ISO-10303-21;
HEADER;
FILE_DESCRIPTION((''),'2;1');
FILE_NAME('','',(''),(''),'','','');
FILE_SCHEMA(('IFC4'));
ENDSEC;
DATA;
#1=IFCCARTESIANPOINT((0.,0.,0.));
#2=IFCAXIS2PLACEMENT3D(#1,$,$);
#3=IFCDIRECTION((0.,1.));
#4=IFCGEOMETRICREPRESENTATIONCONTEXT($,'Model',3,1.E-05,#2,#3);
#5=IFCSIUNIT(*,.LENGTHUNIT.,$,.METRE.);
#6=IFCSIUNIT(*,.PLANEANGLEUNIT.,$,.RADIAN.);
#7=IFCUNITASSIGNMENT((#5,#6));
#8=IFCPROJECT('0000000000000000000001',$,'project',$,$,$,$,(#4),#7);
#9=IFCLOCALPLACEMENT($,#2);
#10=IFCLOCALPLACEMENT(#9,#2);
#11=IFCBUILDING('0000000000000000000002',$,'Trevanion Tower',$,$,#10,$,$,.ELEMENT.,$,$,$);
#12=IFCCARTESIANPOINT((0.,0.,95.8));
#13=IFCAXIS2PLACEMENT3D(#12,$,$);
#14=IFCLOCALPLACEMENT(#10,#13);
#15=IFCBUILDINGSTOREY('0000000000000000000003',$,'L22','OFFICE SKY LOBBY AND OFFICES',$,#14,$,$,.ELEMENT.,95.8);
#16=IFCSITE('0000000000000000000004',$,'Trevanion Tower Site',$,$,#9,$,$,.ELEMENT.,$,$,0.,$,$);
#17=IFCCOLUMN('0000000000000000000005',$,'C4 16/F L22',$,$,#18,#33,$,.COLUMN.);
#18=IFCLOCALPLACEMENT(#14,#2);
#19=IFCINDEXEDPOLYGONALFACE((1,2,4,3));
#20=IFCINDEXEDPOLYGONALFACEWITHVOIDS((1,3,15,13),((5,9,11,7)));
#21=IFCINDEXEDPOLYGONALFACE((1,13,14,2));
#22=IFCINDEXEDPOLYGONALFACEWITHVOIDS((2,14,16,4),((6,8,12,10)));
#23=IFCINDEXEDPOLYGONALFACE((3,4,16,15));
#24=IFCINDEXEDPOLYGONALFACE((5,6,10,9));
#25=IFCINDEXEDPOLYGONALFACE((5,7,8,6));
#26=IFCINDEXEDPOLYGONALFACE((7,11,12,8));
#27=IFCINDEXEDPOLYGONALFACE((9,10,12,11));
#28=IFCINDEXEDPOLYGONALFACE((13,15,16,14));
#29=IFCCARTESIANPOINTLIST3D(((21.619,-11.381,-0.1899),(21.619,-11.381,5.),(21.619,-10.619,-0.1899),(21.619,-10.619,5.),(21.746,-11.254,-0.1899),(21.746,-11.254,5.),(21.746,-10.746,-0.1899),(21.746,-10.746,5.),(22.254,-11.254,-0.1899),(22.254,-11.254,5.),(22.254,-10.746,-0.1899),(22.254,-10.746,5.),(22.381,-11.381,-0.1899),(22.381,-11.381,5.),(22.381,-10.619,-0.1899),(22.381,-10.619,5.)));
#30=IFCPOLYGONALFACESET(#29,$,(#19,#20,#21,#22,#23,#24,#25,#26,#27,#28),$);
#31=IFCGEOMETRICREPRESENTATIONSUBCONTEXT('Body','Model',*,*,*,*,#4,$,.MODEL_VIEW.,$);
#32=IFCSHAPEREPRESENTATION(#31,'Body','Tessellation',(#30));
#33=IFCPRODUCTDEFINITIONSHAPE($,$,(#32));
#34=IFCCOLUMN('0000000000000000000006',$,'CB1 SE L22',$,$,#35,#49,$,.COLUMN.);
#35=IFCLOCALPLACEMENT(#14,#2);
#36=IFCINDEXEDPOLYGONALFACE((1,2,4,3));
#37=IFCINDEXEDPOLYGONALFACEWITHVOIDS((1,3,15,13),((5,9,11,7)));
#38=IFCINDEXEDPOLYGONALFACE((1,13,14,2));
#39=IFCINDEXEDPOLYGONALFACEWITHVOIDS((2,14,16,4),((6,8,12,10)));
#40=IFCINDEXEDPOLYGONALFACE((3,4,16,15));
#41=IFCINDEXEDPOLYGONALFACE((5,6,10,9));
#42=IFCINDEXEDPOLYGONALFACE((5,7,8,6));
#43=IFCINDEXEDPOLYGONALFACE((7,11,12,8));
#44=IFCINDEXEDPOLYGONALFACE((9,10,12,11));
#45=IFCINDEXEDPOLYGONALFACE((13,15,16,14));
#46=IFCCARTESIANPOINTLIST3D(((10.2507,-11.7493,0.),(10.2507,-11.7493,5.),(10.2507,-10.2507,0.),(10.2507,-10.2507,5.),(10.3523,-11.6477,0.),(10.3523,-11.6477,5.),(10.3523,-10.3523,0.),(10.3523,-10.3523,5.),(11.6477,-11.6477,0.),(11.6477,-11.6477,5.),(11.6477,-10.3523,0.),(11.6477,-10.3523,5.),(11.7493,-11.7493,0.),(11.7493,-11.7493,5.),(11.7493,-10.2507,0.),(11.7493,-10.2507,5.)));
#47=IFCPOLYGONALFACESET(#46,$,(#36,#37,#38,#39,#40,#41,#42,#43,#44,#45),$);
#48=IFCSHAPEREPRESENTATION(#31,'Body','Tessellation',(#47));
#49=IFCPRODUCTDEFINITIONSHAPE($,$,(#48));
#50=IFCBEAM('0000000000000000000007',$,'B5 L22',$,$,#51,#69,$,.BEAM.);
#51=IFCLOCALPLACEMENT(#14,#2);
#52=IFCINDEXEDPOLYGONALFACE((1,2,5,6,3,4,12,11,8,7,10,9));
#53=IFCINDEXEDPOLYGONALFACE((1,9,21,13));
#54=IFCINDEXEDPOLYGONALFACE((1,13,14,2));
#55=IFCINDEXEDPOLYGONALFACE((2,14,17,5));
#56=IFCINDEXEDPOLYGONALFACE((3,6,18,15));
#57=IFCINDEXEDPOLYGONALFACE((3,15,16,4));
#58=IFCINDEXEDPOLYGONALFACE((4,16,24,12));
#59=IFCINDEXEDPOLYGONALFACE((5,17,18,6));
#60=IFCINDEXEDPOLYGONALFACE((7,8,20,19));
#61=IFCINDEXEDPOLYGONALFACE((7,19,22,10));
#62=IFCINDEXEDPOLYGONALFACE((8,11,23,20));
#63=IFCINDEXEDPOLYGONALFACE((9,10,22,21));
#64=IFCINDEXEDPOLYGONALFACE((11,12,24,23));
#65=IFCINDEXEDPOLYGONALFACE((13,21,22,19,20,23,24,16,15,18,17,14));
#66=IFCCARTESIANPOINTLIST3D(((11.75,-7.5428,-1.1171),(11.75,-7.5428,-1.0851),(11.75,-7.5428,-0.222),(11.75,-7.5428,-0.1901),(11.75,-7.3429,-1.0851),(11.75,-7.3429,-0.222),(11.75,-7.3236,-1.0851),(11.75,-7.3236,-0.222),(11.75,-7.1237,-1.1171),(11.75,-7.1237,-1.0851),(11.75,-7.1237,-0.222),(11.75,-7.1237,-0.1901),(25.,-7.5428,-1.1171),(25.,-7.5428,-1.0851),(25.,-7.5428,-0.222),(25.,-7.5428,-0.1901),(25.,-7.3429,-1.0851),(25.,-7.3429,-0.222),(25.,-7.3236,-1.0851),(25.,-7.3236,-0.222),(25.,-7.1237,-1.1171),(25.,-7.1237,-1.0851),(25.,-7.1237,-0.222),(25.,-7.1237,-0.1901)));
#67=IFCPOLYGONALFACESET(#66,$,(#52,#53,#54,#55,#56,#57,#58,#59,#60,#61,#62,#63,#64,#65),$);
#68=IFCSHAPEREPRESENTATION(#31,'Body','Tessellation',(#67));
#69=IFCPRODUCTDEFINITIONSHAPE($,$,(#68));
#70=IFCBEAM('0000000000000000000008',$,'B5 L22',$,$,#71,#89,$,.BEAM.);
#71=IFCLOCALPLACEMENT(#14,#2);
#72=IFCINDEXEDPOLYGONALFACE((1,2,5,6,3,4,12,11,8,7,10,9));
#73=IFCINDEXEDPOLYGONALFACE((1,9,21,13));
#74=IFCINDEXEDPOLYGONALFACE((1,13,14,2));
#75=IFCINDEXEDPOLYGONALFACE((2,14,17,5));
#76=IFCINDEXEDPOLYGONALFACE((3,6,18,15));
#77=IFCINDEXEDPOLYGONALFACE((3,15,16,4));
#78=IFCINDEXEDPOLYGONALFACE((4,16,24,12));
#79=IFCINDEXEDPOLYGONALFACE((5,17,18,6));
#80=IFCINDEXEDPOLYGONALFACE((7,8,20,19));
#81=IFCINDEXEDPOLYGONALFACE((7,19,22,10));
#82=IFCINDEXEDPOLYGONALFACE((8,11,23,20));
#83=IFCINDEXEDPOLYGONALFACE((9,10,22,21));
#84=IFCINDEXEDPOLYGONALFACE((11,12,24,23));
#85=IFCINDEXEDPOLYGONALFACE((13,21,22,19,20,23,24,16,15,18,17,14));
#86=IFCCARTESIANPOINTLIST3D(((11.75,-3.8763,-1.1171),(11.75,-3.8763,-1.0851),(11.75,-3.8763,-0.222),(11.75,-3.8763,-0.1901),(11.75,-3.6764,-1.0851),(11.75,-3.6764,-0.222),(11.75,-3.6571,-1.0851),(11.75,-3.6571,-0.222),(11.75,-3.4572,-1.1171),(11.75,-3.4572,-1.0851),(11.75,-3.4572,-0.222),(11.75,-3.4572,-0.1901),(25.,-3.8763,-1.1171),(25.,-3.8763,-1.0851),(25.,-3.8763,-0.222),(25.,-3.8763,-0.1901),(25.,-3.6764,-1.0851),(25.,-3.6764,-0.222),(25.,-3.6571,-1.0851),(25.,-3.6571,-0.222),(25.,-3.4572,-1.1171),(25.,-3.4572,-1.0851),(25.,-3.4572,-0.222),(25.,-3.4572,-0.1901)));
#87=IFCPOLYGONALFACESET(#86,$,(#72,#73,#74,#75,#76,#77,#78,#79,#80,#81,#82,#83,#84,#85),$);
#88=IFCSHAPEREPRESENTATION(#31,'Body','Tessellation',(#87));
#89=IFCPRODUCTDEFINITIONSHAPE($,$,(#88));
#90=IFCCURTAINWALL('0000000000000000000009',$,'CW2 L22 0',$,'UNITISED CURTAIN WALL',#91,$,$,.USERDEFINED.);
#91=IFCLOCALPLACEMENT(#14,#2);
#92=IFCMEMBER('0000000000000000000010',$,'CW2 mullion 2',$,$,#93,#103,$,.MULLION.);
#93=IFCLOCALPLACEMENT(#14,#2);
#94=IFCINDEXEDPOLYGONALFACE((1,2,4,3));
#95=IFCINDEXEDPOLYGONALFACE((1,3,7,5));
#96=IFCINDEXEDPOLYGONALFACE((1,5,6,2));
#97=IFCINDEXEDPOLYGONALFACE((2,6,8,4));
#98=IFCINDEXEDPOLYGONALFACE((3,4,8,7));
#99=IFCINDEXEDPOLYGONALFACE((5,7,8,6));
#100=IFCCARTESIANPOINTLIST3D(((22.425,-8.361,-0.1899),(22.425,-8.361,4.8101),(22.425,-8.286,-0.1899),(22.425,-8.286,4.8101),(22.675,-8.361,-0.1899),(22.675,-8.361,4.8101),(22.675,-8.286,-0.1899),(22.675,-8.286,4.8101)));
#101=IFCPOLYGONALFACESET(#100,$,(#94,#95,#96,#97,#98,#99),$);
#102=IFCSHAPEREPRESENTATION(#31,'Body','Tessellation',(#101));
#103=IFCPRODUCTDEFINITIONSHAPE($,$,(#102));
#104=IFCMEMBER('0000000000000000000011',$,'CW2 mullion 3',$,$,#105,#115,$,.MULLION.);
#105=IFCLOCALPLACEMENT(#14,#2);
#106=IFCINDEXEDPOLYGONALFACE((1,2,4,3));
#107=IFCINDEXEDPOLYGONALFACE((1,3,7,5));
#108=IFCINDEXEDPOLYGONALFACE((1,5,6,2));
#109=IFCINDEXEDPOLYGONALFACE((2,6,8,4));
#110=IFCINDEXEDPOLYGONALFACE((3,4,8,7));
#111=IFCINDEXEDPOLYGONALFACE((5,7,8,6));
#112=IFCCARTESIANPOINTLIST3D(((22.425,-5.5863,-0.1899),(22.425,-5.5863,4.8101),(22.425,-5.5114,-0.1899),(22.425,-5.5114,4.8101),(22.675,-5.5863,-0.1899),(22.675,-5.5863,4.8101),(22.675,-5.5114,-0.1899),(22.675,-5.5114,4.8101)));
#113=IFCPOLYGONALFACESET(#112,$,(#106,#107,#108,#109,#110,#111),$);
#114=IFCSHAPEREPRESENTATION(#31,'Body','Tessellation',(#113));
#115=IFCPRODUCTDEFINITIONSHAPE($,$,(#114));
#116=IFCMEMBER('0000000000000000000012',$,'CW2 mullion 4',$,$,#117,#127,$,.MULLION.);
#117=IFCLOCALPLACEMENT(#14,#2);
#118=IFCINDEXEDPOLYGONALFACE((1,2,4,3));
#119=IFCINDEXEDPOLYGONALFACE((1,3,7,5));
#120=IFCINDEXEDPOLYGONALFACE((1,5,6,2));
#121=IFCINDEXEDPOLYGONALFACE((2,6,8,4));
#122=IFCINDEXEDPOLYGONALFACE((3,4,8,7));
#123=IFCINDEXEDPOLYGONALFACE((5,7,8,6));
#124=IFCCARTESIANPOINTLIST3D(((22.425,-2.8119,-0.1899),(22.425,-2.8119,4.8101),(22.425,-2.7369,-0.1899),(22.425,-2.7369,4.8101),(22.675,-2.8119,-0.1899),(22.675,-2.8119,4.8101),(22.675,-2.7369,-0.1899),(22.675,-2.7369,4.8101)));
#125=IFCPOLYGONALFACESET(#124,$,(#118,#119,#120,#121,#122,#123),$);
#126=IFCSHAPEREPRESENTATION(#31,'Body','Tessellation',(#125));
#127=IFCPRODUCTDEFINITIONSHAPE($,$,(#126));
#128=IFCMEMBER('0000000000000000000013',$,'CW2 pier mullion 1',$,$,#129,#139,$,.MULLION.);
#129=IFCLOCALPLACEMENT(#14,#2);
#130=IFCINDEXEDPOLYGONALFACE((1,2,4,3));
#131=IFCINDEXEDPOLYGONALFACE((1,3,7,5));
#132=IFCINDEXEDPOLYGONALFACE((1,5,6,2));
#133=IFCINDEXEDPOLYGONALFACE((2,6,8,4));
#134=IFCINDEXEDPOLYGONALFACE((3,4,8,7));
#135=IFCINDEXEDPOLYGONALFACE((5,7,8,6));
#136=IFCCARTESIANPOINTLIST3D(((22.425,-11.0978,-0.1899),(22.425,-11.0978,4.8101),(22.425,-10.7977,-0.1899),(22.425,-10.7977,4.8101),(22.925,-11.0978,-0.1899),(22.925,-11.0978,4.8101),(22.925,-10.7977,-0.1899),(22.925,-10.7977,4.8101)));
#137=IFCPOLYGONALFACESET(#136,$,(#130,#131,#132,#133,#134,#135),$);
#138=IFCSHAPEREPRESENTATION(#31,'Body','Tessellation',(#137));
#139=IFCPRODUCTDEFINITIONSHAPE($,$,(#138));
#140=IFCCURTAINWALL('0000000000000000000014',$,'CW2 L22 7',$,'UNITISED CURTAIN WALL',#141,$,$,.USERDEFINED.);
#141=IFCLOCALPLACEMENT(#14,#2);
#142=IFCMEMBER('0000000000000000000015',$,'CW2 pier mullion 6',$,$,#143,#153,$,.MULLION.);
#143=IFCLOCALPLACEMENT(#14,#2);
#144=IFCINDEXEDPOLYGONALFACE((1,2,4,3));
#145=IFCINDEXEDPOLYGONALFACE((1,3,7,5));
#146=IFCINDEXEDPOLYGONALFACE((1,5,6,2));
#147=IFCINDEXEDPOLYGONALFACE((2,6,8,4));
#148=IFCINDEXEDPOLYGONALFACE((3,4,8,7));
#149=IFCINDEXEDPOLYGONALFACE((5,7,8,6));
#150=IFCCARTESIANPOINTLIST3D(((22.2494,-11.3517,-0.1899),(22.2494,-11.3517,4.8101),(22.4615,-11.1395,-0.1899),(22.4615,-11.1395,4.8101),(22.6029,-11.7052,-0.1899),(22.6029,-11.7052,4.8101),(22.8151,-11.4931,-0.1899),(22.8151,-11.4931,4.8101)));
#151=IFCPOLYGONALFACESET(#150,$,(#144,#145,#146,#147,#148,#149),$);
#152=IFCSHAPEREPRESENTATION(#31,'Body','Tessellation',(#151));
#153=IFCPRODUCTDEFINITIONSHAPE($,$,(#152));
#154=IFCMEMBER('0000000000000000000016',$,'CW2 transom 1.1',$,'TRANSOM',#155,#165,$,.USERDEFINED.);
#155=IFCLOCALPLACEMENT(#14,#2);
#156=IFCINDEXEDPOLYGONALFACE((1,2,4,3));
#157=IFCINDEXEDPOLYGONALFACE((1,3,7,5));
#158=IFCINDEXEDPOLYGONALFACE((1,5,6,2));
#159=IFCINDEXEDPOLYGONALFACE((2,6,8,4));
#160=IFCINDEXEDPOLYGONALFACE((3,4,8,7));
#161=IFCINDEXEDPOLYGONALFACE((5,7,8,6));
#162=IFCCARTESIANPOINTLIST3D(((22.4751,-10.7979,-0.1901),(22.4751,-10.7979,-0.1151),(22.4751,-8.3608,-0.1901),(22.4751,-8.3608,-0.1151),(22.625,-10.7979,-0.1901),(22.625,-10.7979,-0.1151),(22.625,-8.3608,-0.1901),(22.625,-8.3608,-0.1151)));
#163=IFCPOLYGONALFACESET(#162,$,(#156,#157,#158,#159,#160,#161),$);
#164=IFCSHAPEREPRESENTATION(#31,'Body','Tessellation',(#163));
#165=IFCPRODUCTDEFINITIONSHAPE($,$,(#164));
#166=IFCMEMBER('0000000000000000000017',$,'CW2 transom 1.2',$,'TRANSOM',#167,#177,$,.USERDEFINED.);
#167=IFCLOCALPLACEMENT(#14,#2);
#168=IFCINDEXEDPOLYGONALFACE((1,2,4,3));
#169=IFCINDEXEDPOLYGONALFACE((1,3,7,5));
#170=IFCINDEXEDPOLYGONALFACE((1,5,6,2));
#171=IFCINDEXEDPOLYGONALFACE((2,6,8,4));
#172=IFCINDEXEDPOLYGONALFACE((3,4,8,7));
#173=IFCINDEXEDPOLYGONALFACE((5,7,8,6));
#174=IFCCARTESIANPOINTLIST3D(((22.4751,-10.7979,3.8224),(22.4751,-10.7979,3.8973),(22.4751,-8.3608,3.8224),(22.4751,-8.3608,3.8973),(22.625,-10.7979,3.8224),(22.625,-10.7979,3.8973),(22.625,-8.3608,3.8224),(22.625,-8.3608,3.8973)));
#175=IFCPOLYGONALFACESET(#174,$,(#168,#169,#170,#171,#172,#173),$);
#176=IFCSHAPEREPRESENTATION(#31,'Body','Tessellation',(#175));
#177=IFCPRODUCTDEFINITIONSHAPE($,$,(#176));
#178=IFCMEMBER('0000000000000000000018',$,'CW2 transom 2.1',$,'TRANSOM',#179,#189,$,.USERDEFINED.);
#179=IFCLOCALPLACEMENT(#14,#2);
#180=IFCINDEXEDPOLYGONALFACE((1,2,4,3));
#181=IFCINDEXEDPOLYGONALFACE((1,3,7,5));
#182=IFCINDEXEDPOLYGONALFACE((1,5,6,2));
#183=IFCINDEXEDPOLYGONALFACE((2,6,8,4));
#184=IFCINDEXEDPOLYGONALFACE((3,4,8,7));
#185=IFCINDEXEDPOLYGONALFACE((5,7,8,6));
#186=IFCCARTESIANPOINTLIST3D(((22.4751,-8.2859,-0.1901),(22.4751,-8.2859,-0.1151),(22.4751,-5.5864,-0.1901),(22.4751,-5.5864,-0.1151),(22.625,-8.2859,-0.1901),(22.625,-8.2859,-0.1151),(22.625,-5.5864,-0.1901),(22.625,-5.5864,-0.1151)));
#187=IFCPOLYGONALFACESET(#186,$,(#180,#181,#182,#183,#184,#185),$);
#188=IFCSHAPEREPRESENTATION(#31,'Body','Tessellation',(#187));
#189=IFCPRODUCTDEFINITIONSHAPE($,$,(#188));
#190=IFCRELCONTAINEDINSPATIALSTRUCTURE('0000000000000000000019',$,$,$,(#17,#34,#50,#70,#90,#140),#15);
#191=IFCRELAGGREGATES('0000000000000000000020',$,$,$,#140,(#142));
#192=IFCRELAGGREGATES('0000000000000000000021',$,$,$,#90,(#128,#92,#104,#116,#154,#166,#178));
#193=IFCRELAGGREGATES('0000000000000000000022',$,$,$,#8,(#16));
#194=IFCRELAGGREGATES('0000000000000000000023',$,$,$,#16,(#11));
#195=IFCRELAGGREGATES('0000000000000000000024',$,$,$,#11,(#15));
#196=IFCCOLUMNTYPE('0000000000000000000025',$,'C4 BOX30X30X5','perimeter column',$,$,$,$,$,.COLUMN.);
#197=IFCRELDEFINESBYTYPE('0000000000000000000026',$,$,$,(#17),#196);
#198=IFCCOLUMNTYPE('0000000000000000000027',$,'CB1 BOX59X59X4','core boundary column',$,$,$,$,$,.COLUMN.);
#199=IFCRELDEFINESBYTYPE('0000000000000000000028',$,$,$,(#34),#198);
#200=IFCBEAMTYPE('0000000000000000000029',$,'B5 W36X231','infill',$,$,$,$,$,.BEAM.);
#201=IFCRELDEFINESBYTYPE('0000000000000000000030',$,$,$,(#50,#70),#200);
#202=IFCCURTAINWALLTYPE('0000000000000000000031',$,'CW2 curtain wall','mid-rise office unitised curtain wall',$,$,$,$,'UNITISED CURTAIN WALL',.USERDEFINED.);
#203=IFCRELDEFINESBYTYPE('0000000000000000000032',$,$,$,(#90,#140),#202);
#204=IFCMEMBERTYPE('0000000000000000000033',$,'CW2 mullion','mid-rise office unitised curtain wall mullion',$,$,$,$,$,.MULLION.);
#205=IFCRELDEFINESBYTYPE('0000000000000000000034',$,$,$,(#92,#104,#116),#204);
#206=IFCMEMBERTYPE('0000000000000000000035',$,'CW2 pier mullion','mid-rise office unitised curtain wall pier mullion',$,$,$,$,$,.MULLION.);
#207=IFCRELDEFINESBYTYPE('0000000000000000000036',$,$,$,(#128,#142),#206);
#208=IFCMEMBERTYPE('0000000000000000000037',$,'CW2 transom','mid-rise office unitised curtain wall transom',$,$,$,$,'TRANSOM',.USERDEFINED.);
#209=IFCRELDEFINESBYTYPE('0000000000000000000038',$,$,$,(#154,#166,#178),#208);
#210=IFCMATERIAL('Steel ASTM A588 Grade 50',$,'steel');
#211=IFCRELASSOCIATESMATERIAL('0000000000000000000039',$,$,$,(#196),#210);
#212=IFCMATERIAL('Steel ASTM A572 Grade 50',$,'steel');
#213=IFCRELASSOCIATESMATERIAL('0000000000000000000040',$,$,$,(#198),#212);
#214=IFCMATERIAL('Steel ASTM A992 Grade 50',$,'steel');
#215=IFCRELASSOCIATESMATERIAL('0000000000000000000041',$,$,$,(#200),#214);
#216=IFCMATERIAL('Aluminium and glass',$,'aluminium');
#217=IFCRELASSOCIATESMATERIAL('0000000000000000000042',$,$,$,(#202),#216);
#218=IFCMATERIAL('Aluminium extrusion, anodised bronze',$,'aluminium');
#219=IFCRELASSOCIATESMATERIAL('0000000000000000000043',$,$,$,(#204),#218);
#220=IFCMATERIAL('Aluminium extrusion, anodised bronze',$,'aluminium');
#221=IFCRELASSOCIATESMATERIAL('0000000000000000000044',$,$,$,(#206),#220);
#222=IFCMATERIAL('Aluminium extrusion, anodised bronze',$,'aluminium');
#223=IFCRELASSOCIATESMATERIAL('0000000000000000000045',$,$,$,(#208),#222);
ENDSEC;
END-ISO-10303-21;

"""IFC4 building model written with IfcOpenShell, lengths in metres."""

from ifc_helpers import new_model, si_unit, direction, frame, origin, origin_2d, place, context, subcontext, project, spatial, rectangle, hollow_rectangle, i_section, extrude, material, material_profile, profile_set, type_object, element, aggregate, save


model = new_model("IFC4")

# Units and contexts
model_context = context("Model", 3, precision=1e-05, world=origin(), true_north=direction((0.0, 1.0)))
body_context = subcontext(model_context, "Body", "Model", "MODEL_VIEW")
ifc_project = project(units=[si_unit("LENGTHUNIT", "METRE"), si_unit("PLANEANGLEUNIT", "RADIAN")], contexts=[model_context])

# Site, building, storey
site_placement = place(None, origin())
site = spatial("IfcSite", under=ifc_project, at=site_placement, Name="Trevanion Tower Site", CompositionType="ELEMENT", RefElevation=0.0)
building_placement = place(site_placement, origin())
building = spatial("IfcBuilding", under=site, at=building_placement, Name="Trevanion Tower", CompositionType="ELEMENT")
storey_placement = place(building_placement, frame((0.0, 0.0, 95.8)))
storey = spatial("IfcBuildingStorey", under=building, at=storey_placement, Name="L22", Description="OFFICE SKY LOBBY AND OFFICES", CompositionType="ELEMENT", Elevation=95.8)

# Columns
ifc_material_1 = material(Name="Steel ASTM A588 Grade 50", Category="steel")
ifc_material_profile_1 = material_profile(ifc_material_1, hollow_rectangle(XDim=0.762, YDim=0.762, WallThickness=0.127, at=origin_2d()), Name="BOX30X30X5")
ifc_profile_set_1 = profile_set([ifc_material_profile_1], Name="Steel ASTM A588 Grade 50")
column_type_1 = type_object("IfcColumnType", Name="C4 BOX30X30X5", Description="perimeter column", PredefinedType="COLUMN", material=ifc_profile_set_1)
column_1_placement = place(storey_placement, frame((22.0, -11.0, -0.1899), z_axis=(0.0, 0.0, 1.0), x_axis=(0.0, 1.0, 0.0)))
element("IfcColumn", 1, at=column_1_placement, inside=storey, type_object=column_type_1, Name="C4 16/F L22", PredefinedType="COLUMN", context=body_context, shape_type="SweptSolid", body=[
    extrude(hollow_rectangle(XDim=0.762, YDim=0.762, WallThickness=0.127, at=origin_2d()), origin(), (0.0, 0.0, 1.0), 5.1899),
])
ifc_material_2 = material(Name="Steel ASTM A572 Grade 50", Category="steel")
ifc_material_profile_2 = material_profile(ifc_material_2, hollow_rectangle(XDim=1.4985, YDim=1.4985, WallThickness=0.1016, at=origin_2d()), Name="BOX59X59X4")
ifc_profile_set_2 = profile_set([ifc_material_profile_2], Name="Steel ASTM A572 Grade 50")
column_type_2 = type_object("IfcColumnType", Name="CB1 BOX59X59X4", Description="core boundary column", PredefinedType="COLUMN", material=ifc_profile_set_2)
column_2_placement = place(storey_placement, frame((11.0, -11.0, 0.0), z_axis=(0.0, 0.0, 1.0), x_axis=(1.0, 0.0, 0.0)))
element("IfcColumn", 2, at=column_2_placement, inside=storey, type_object=column_type_2, Name="CB1 SE L22", PredefinedType="COLUMN", context=body_context, shape_type="SweptSolid", body=[
    extrude(hollow_rectangle(XDim=1.4985, YDim=1.4985, WallThickness=0.1016, at=origin_2d()), origin(), (0.0, 0.0, 1.0), 5.0),
])

# Beams
ifc_material_3 = material(Name="Steel ASTM A992 Grade 50", Category="steel")
ifc_material_profile_3 = material_profile(ifc_material_3, i_section(OverallWidth=0.4192, OverallDepth=0.927, WebThickness=0.0193, FlangeThickness=0.032, at=origin_2d()), Name="W36X231")
ifc_profile_set_3 = profile_set([ifc_material_profile_3], Name="Steel ASTM A992 Grade 50")
beam_type = type_object("IfcBeamType", Name="B5 W36X231", Description="infill", PredefinedType="BEAM", material=ifc_profile_set_3)
for number, where, z_axis, x_axis, name in (
    (3, (11.75, -7.3333, -0.6536), (1.0, 0.0, 0.0), (0.0, 1.0, 0.0), "B5 L22"),
    (4, (11.75, -3.6667, -0.6536), (1.0, 0.0, 0.0), (0.0, 1.0, 0.0), "B5 L22"),
):
    element("IfcBeam", number, at=place(storey_placement, frame(where, z_axis=z_axis, x_axis=x_axis)), inside=storey, type_object=beam_type, Name=name, PredefinedType="BEAM", context=body_context, shape_type="SweptSolid", body=[
        extrude(i_section(OverallWidth=0.4192, OverallDepth=0.927, WebThickness=0.0193, FlangeThickness=0.032, at=origin_2d()), origin(), (0.0, 0.0, 1.0), 13.25),
    ])

# Curtain wall, members
ifc_material_4 = material(Name="Aluminium and glass", Category="aluminium")
curtain_wall_type = type_object("IfcCurtainWallType", Name="CW2 curtain wall", Description="mid-rise office unitised curtain wall", ElementType="UNITISED CURTAIN WALL", PredefinedType="USERDEFINED", material=ifc_material_4)
curtain_wall_1_placement = place(storey_placement, origin())
curtain_wall_1 = element("IfcCurtainWall", 5, at=curtain_wall_1_placement, inside=storey, type_object=curtain_wall_type, Name="CW2 L22 0", ObjectType="UNITISED CURTAIN WALL", PredefinedType="USERDEFINED")
ifc_material_5 = material(Name="Aluminium extrusion, anodised bronze", Category="aluminium")
ifc_material_profile_4 = material_profile(ifc_material_5, rectangle(XDim=0.075, YDim=0.25, at=origin_2d()), Name="CW2 mullion")
ifc_profile_set_4 = profile_set([ifc_material_profile_4], Name="Aluminium extrusion, anodised bronze")
member_type_1 = type_object("IfcMemberType", Name="CW2 mullion", Description="mid-rise office unitised curtain wall mullion", PredefinedType="MULLION", material=ifc_profile_set_4)
member_1_placement = place(storey_placement, frame((22.55, -8.3235, -0.1899), z_axis=(0.0, 0.0, 1.0), x_axis=(0.0, 1.0, 0.0)))
member_1 = element("IfcMember", 6, at=member_1_placement, type_object=member_type_1, Name="CW2 mullion 2", PredefinedType="MULLION", context=body_context, shape_type="SweptSolid", body=[
    extrude(rectangle(XDim=0.075, YDim=0.25, at=origin_2d()), origin(), (0.0, 0.0, 1.0), 5.0),
])
member_2_placement = place(storey_placement, frame((22.55, -5.5488, -0.1899), z_axis=(0.0, 0.0, 1.0), x_axis=(0.0, 1.0, 0.0)))
member_2 = element("IfcMember", 7, at=member_2_placement, type_object=member_type_1, Name="CW2 mullion 3", PredefinedType="MULLION", context=body_context, shape_type="SweptSolid", body=[
    extrude(rectangle(XDim=0.075, YDim=0.25, at=origin_2d()), origin(), (0.0, 0.0, 1.0), 5.0),
])
member_3_placement = place(storey_placement, frame((22.55, -2.7744, -0.1899), z_axis=(0.0, 0.0, 1.0), x_axis=(0.0, 1.0, 0.0)))
member_3 = element("IfcMember", 8, at=member_3_placement, type_object=member_type_1, Name="CW2 mullion 4", PredefinedType="MULLION", context=body_context, shape_type="SweptSolid", body=[
    extrude(rectangle(XDim=0.075, YDim=0.25, at=origin_2d()), origin(), (0.0, 0.0, 1.0), 5.0),
])
ifc_material_6 = material(Name="Aluminium extrusion, anodised bronze", Category="aluminium")
ifc_material_profile_5 = material_profile(ifc_material_6, rectangle(XDim=0.3, YDim=0.5, at=origin_2d()), Name="CW2 pier mullion")
ifc_profile_set_5 = profile_set([ifc_material_profile_5], Name="Aluminium extrusion, anodised bronze")
member_type_2 = type_object("IfcMemberType", Name="CW2 pier mullion", Description="mid-rise office unitised curtain wall pier mullion", PredefinedType="MULLION", material=ifc_profile_set_5)
member_4_placement = place(storey_placement, frame((22.675, -10.9478, -0.1899), z_axis=(0.0, 0.0, 1.0), x_axis=(0.0, 1.0, 0.0)))
member_4 = element("IfcMember", 9, at=member_4_placement, type_object=member_type_2, Name="CW2 pier mullion 1", PredefinedType="MULLION", context=body_context, shape_type="SweptSolid", body=[
    extrude(rectangle(XDim=0.3, YDim=0.5, at=origin_2d()), origin(), (0.0, 0.0, 1.0), 5.0),
])

# Curtain wall, member
curtain_wall_2_placement = place(storey_placement, origin())
curtain_wall_2 = element("IfcCurtainWall", 10, at=curtain_wall_2_placement, inside=storey, type_object=curtain_wall_type, Name="CW2 L22 7", ObjectType="UNITISED CURTAIN WALL", PredefinedType="USERDEFINED")
member_5_placement = place(storey_placement, frame((22.5322, -11.4224, -0.1899), z_axis=(0.0, 0.0, 1.0), x_axis=(0.707107, 0.707107, 0.0)))
member_5 = element("IfcMember", 11, at=member_5_placement, type_object=member_type_2, Name="CW2 pier mullion 6", PredefinedType="MULLION", context=body_context, shape_type="SweptSolid", body=[
    extrude(rectangle(XDim=0.3, YDim=0.5, at=origin_2d()), origin(), (0.0, 0.0, 1.0), 5.0),
])
aggregate(curtain_wall_2, [member_5])

# Members
ifc_material_7 = material(Name="Aluminium extrusion, anodised bronze", Category="aluminium")
ifc_material_profile_6 = material_profile(ifc_material_7, rectangle(XDim=0.1499, YDim=0.075, at=origin_2d()), Name="CW2 transom")
ifc_profile_set_6 = profile_set([ifc_material_profile_6], Name="Aluminium extrusion, anodised bronze")
member_type_3 = type_object("IfcMemberType", Name="CW2 transom", Description="mid-rise office unitised curtain wall transom", ElementType="TRANSOM", PredefinedType="USERDEFINED", material=ifc_profile_set_6)
member_6_placement = place(storey_placement, frame((22.55, -10.7979, -0.1526), z_axis=(0.0, 1.0, 0.0), x_axis=(-1.0, 0.0, 0.0)))
member_6 = element("IfcMember", 12, at=member_6_placement, type_object=member_type_3, Name="CW2 transom 1.1", ObjectType="TRANSOM", PredefinedType="USERDEFINED", context=body_context, shape_type="SweptSolid", body=[
    extrude(rectangle(XDim=0.1499, YDim=0.075, at=origin_2d()), origin(), (0.0, 0.0, 1.0), 2.437),
])
member_7_placement = place(storey_placement, frame((22.55, -10.7979, 3.8599), z_axis=(0.0, 1.0, 0.0), x_axis=(-1.0, 0.0, 0.0)))
member_7 = element("IfcMember", 13, at=member_7_placement, type_object=member_type_3, Name="CW2 transom 1.2", ObjectType="TRANSOM", PredefinedType="USERDEFINED", context=body_context, shape_type="SweptSolid", body=[
    extrude(rectangle(XDim=0.1499, YDim=0.075, at=origin_2d()), origin(), (0.0, 0.0, 1.0), 2.437),
])
member_8_placement = place(storey_placement, frame((22.55, -8.2859, -0.1526), z_axis=(0.0, 1.0, 0.0), x_axis=(-1.0, 0.0, 0.0)))
member_8 = element("IfcMember", 14, at=member_8_placement, type_object=member_type_3, Name="CW2 transom 2.1", ObjectType="TRANSOM", PredefinedType="USERDEFINED", context=body_context, shape_type="SweptSolid", body=[
    extrude(rectangle(XDim=0.1499, YDim=0.075, at=origin_2d()), origin(), (0.0, 0.0, 1.0), 2.6995),
])

aggregate(curtain_wall_1, [member_4, member_1, member_2, member_3, member_6, member_7, member_8])

save(model, "model.ifc")
